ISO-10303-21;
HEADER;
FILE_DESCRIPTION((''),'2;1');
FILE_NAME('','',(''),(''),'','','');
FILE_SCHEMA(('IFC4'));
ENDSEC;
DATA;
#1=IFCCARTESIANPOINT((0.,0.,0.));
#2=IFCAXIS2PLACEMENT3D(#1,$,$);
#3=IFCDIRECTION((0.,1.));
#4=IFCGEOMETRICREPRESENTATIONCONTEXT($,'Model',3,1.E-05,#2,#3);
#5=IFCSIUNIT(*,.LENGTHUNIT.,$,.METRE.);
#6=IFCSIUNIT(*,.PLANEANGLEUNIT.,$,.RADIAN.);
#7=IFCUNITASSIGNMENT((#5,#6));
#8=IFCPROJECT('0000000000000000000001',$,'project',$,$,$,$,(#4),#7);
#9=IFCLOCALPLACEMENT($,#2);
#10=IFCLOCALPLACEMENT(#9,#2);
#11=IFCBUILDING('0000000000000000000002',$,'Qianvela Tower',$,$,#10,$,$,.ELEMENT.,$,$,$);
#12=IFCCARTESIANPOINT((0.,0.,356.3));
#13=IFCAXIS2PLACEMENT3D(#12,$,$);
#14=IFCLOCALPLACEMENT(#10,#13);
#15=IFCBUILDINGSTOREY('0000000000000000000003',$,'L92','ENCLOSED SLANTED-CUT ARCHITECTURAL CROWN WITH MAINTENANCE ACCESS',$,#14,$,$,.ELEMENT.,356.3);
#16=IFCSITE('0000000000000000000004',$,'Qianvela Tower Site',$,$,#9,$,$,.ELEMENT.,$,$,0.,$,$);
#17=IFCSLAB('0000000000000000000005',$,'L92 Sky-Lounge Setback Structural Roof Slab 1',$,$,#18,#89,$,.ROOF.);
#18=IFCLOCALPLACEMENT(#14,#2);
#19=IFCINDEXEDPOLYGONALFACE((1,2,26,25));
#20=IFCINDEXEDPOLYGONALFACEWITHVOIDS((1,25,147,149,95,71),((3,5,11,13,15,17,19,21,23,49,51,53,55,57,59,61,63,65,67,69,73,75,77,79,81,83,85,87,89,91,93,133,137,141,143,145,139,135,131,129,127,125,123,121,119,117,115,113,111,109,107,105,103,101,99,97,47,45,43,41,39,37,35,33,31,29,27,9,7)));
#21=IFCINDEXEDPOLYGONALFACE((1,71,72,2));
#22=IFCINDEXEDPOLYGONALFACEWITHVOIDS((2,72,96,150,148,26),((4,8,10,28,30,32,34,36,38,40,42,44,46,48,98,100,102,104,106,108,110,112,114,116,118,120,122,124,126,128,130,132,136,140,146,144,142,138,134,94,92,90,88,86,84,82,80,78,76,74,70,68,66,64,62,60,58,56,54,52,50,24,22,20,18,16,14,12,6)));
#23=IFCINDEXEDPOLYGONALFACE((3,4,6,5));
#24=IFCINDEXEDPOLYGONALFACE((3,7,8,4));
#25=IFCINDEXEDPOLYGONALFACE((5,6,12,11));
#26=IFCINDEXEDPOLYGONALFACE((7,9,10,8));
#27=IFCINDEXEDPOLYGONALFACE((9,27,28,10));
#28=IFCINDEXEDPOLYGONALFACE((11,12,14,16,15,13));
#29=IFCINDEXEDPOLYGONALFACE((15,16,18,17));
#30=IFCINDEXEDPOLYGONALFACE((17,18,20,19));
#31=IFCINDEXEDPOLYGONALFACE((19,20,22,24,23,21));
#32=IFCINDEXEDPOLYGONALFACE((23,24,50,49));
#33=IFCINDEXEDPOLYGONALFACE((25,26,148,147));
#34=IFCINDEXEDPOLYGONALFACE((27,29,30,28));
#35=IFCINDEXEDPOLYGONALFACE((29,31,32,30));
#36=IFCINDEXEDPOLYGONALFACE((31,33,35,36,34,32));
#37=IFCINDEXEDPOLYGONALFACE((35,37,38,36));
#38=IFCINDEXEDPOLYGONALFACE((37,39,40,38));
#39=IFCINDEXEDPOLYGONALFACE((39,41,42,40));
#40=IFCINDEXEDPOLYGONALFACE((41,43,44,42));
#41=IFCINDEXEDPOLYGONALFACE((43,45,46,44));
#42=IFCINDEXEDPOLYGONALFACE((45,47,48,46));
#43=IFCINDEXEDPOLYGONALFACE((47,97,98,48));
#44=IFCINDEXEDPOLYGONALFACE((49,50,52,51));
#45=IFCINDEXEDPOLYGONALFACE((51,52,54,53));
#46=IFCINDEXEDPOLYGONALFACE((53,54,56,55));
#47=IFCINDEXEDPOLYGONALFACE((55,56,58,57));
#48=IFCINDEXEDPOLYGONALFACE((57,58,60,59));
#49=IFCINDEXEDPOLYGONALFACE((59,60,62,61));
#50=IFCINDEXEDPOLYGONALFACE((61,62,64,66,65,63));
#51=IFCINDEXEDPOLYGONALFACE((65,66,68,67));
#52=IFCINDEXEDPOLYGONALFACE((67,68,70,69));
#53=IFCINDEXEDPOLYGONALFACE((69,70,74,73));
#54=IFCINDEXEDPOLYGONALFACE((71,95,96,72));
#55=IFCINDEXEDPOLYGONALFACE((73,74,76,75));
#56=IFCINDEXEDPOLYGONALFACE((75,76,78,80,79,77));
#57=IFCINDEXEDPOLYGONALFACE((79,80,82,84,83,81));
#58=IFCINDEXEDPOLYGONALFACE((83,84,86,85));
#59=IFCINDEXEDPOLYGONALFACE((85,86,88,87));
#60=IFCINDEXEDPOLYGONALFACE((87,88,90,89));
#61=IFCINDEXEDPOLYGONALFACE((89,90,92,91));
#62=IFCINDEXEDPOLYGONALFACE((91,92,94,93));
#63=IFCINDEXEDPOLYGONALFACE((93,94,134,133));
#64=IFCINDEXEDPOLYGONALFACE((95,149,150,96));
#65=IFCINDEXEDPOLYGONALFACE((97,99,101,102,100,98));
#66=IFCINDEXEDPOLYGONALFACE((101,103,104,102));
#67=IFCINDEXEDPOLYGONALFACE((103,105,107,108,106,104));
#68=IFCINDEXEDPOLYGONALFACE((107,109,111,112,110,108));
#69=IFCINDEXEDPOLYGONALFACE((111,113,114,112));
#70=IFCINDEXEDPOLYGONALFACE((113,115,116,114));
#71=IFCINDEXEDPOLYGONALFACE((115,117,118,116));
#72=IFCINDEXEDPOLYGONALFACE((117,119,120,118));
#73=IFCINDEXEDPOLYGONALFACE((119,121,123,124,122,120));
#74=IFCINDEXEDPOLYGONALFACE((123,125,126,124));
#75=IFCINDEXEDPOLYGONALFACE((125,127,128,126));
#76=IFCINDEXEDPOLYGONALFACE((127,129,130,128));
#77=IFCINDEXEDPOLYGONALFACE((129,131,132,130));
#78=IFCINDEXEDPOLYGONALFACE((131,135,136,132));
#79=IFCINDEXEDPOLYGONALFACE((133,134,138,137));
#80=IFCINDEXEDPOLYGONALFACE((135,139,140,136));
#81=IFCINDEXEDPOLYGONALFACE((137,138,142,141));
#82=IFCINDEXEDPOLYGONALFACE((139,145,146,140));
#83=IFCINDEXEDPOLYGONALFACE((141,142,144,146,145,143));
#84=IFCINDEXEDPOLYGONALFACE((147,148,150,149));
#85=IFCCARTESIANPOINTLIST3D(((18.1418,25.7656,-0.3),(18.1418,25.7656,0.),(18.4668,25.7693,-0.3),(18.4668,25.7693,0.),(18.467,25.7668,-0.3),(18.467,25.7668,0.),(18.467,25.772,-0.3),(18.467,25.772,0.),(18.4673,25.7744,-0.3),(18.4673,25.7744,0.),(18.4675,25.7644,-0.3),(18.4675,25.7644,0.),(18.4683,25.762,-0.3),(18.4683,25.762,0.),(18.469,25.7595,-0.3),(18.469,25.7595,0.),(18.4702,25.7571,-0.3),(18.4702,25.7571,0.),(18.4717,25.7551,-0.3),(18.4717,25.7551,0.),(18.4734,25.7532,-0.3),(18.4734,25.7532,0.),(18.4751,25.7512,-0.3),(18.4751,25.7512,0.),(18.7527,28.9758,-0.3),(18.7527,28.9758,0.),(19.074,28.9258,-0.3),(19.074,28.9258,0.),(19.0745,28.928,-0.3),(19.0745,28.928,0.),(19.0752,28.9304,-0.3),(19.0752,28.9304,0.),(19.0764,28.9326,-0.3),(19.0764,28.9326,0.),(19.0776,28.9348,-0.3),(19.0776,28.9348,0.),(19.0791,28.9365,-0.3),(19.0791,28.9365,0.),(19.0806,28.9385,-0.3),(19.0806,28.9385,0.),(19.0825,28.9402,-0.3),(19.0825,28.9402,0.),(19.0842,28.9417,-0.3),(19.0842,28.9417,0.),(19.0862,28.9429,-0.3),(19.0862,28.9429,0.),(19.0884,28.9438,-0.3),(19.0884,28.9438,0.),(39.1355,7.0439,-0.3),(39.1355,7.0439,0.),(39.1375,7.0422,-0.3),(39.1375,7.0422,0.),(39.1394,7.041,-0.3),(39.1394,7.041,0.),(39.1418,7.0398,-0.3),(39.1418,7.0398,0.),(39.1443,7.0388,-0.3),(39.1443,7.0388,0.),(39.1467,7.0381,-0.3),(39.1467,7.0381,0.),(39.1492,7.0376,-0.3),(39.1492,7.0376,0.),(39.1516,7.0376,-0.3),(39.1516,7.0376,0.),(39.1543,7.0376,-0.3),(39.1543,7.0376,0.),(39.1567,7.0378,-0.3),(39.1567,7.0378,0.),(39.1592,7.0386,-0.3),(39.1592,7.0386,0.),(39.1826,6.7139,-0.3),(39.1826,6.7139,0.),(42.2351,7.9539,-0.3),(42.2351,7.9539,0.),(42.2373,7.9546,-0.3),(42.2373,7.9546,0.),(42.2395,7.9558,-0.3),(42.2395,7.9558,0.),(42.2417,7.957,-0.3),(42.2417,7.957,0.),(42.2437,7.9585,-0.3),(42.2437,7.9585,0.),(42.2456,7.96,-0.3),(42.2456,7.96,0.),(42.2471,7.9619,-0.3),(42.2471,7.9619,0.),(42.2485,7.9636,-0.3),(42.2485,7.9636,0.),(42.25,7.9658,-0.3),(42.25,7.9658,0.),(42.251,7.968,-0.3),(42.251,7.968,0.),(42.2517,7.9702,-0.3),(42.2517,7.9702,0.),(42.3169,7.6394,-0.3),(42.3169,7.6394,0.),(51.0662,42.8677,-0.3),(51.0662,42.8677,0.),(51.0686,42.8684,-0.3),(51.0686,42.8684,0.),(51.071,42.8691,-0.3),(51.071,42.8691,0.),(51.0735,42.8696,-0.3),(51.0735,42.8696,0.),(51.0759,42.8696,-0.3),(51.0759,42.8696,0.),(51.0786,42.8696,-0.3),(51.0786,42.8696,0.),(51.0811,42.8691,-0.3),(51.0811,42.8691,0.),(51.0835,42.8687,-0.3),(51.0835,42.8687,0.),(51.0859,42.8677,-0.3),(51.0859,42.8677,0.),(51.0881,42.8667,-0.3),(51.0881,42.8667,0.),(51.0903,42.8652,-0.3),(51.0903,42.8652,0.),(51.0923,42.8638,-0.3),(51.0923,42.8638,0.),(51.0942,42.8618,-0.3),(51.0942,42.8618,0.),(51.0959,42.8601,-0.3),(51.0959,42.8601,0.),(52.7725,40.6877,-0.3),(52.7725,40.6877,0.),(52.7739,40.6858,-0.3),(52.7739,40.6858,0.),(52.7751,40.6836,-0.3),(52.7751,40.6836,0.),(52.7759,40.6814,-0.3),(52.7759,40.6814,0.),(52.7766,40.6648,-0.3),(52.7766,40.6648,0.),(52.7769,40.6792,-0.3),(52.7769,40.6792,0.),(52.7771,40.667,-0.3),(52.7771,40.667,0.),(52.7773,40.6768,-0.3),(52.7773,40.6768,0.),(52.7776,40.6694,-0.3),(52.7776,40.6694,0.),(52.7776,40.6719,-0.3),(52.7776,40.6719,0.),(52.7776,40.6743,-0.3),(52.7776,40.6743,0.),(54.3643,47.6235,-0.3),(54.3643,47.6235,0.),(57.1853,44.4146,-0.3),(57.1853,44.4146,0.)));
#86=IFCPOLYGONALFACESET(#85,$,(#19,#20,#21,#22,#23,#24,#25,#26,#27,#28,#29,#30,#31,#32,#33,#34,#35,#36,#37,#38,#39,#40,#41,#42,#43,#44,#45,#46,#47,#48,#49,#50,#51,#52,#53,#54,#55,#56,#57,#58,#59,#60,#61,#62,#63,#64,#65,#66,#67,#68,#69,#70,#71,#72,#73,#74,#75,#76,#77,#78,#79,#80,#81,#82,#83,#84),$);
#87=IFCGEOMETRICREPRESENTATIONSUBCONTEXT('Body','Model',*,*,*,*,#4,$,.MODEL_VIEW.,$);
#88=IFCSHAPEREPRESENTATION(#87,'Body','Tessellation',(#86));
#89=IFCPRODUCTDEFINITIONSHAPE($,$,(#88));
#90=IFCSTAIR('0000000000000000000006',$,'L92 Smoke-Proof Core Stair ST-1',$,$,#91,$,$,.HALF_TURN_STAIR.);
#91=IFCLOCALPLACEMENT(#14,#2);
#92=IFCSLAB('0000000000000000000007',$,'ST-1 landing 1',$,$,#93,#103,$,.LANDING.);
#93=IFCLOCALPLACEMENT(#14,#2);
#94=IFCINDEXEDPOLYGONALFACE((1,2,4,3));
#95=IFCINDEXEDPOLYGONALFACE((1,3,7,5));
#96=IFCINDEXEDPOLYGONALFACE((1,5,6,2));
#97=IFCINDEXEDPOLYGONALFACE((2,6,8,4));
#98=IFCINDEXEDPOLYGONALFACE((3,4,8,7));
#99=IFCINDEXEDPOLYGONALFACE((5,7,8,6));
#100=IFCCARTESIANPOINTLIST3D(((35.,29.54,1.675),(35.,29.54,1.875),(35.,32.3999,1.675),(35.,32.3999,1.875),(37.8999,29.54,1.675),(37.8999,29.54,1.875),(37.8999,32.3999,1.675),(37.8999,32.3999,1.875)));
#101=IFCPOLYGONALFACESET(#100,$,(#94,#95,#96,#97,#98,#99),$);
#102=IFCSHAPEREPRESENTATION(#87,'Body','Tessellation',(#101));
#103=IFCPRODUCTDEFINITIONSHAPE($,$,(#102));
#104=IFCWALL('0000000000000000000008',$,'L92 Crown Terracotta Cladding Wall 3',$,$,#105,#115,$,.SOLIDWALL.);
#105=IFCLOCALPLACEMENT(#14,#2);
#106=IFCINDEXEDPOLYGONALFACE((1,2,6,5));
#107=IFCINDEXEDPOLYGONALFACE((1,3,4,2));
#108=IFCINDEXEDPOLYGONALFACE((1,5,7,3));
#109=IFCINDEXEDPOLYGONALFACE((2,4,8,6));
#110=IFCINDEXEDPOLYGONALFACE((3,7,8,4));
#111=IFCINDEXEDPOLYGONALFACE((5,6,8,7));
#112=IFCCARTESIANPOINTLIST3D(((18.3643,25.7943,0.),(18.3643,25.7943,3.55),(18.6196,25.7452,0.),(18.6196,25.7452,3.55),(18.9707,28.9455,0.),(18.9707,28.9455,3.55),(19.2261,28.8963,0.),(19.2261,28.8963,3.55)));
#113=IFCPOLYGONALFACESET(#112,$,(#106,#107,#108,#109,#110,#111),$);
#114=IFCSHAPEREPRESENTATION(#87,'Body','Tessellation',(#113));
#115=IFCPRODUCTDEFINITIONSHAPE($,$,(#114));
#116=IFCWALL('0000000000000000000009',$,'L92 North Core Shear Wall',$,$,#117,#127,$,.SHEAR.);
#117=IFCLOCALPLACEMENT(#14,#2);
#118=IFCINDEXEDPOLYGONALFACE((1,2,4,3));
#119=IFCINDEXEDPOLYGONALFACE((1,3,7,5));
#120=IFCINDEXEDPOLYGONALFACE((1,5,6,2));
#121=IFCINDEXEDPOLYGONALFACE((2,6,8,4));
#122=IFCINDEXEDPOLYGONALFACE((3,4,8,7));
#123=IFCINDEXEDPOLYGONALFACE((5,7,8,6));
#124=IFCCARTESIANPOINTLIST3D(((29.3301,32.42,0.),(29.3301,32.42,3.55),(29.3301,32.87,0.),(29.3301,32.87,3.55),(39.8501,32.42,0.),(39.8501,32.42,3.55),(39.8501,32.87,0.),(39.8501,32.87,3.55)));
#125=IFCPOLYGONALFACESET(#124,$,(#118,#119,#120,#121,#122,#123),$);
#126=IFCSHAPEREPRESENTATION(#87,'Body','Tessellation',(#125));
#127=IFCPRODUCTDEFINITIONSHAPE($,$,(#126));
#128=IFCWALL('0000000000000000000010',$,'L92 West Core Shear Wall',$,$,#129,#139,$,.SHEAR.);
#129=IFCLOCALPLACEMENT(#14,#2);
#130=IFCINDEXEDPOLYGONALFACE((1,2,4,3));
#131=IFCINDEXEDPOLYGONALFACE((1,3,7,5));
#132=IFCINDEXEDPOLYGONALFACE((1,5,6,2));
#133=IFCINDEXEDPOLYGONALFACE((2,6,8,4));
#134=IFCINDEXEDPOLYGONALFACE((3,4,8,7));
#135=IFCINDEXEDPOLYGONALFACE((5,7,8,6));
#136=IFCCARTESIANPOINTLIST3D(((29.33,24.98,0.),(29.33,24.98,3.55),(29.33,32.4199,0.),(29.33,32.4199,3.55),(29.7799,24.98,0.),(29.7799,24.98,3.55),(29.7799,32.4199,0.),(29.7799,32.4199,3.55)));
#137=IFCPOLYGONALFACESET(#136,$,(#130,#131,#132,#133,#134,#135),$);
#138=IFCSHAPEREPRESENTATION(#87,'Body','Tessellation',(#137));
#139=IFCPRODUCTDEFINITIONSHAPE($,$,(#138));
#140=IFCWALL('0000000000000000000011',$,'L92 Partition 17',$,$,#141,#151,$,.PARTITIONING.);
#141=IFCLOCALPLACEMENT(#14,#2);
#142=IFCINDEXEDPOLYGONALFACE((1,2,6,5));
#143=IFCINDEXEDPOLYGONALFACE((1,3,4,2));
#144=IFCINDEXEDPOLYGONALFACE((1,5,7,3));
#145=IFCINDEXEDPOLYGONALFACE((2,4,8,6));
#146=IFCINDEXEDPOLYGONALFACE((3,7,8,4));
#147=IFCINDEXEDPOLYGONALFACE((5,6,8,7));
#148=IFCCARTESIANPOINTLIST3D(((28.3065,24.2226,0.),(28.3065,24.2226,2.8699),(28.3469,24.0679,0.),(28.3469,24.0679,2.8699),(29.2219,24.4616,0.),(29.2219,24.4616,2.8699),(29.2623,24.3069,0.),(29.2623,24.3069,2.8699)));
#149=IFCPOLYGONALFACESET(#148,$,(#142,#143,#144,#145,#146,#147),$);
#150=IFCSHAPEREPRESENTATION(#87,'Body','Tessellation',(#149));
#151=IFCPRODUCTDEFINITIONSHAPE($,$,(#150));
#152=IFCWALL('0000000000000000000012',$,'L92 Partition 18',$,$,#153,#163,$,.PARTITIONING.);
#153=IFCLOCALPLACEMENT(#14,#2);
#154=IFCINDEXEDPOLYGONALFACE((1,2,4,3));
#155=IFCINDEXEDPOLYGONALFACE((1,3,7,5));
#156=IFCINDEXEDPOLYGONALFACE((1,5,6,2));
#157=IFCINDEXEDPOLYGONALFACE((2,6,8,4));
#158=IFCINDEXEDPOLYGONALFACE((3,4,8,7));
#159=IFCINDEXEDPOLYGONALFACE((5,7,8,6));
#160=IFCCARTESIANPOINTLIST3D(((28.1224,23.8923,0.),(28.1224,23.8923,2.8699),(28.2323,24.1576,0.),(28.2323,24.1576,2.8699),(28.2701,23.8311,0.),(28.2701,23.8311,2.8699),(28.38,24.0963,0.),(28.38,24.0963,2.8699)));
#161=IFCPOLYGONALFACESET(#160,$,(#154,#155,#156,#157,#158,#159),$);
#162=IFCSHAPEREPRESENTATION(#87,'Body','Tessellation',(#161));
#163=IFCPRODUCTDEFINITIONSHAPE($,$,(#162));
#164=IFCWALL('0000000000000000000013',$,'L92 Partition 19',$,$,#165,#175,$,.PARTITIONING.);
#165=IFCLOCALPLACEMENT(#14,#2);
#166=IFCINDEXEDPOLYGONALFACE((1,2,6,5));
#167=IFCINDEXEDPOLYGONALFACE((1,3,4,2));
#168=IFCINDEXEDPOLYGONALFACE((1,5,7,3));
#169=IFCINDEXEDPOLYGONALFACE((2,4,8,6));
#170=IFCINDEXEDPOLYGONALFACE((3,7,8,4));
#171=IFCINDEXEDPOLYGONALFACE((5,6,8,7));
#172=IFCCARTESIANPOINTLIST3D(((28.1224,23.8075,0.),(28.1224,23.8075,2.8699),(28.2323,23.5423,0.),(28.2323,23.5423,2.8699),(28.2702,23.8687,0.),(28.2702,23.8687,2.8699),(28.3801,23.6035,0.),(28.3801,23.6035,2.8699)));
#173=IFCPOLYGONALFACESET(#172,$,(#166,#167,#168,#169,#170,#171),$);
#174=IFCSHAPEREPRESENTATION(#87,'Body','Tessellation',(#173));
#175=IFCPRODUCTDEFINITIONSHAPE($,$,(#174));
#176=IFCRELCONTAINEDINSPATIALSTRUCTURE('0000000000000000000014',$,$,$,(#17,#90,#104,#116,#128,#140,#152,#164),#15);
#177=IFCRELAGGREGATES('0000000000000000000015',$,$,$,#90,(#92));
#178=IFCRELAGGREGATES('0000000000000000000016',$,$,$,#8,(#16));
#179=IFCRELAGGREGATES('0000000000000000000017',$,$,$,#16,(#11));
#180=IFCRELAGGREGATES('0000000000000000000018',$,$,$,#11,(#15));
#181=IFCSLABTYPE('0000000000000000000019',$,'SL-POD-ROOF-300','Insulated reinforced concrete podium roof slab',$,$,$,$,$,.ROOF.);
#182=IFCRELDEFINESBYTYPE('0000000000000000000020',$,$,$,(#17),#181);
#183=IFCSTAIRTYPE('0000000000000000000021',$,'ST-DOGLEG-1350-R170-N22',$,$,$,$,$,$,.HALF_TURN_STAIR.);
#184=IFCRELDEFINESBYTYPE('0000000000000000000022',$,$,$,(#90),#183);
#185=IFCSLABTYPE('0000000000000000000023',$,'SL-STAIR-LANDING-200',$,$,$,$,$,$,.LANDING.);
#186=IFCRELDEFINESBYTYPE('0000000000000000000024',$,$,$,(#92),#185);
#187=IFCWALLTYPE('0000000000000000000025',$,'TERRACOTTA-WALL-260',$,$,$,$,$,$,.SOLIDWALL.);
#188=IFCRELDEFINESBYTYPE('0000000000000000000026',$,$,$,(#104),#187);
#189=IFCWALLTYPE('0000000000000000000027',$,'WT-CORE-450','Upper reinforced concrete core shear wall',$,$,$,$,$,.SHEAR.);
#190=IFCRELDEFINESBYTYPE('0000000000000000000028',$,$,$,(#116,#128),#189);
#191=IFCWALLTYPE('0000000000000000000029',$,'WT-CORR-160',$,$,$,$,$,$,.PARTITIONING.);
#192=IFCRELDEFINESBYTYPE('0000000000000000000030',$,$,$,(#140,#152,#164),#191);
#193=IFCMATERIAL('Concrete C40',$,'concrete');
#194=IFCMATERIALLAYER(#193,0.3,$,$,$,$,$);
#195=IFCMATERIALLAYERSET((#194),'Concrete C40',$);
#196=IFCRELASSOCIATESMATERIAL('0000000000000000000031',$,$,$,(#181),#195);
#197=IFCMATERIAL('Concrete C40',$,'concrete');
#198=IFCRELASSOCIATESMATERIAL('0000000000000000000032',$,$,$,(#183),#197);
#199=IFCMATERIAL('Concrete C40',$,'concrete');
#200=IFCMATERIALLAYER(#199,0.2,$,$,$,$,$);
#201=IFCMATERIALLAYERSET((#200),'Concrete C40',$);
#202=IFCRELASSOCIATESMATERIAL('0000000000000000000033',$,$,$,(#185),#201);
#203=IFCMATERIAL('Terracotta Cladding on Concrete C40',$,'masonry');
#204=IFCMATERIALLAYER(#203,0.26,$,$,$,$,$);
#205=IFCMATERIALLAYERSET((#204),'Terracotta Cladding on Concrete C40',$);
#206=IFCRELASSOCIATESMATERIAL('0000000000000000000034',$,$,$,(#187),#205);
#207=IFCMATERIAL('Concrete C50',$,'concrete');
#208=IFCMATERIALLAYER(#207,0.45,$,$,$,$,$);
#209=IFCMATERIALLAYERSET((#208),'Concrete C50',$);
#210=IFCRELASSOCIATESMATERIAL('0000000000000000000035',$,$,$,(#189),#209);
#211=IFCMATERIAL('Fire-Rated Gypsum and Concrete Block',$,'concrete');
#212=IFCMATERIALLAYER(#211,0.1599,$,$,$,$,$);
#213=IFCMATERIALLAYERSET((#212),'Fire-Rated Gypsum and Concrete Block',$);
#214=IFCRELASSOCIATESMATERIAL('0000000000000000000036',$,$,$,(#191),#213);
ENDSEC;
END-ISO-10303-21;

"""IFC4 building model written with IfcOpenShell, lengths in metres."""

from ifc_helpers import new_model, si_unit, direction, frame, frame_2d, origin, place, context, subcontext, project, spatial, polyline, rectangle, outline, extrude, material, layer, layer_set, type_object, element, aggregate, save


model = new_model("IFC4")

# Units and contexts
model_context = context("Model", 3, precision=1e-05, world=origin(), true_north=direction((0.0, 1.0)))
body_context = subcontext(model_context, "Body", "Model", "MODEL_VIEW")
ifc_project = project(units=[si_unit("LENGTHUNIT", "METRE"), si_unit("PLANEANGLEUNIT", "RADIAN")], contexts=[model_context])

# Site, building, storey
site_placement = place(None, origin())
site = spatial("IfcSite", under=ifc_project, at=site_placement, Name="Qianvela Tower Site", CompositionType="ELEMENT", RefElevation=0.0)
building_placement = place(site_placement, origin())
building = spatial("IfcBuilding", under=site, at=building_placement, Name="Qianvela Tower", CompositionType="ELEMENT")
storey_placement = place(building_placement, frame((0.0, 0.0, 356.3)))
storey = spatial("IfcBuildingStorey", under=building, at=storey_placement, Name="L92", Description="ENCLOSED SLANTED-CUT ARCHITECTURAL CROWN WITH MAINTENANCE ACCESS", CompositionType="ELEMENT", Elevation=356.3)

# Slab
ifc_material_1 = material(Name="Concrete C40", Category="concrete")
ifc_layer_1 = layer(ifc_material_1, 0.3)
ifc_layer_set_1 = layer_set([ifc_layer_1], Name="Concrete C40")
slab_type_1 = type_object("IfcSlabType", Name="SL-POD-ROOF-300", Description="Insulated reinforced concrete podium roof slab", PredefinedType="ROOF", material=ifc_layer_set_1)
slab_1_placement = place(storey_placement, frame((0.0, 0.0, -0.3)))
element("IfcSlab", 1, at=slab_1_placement, inside=storey, type_object=slab_type_1, Name="L92 Sky-Lounge Setback Structural Roof Slab 1", PredefinedType="ROOF", context=body_context, shape_type="SweptSolid", body=[
    extrude(outline(polyline([(57.1853, 44.4146), (54.3643, 47.6235), (18.7527, 28.9758), (18.1418, 25.7656), (39.1826, 6.7139), (42.3169, 7.6394), (57.1853, 44.4146)]), holes=[polyline([(52.7771, 40.667), (52.7776, 40.6694), (52.7776, 40.6719), (52.7776, 40.6743), (52.7773, 40.6768), (52.7769, 40.6792), (52.7759, 40.6814), (52.7751, 40.6836), (52.7739, 40.6858), (52.7725, 40.6877), (51.0959, 42.8601), (51.0942, 42.8618), (51.0923, 42.8638), (51.0903, 42.8652), (51.0881, 42.8667), (51.0859, 42.8677), (51.0835, 42.8687), (51.0811, 42.8691), (51.0786, 42.8696), (51.0759, 42.8696), (51.0735, 42.8696), (51.071, 42.8691), (51.0686, 42.8684), (51.0662, 42.8677), (19.0884, 28.9438), (19.0862, 28.9429), (19.0842, 28.9417), (19.0825, 28.9402), (19.0806, 28.9385), (19.0791, 28.9365), (19.0776, 28.9348), (19.0764, 28.9326), (19.0752, 28.9304), (19.0745, 28.928), (19.074, 28.9258), (18.4673, 25.7744), (18.467, 25.772), (18.4668, 25.7693), (18.467, 25.7668), (18.4675, 25.7644), (18.4683, 25.762), (18.469, 25.7595), (18.4702, 25.7571), (18.4717, 25.7551), (18.4734, 25.7532), (18.4751, 25.7512), (39.1355, 7.0439), (39.1375, 7.0422), (39.1394, 7.041), (39.1418, 7.0398), (39.1443, 7.0388), (39.1467, 7.0381), (39.1492, 7.0376), (39.1516, 7.0376), (39.1543, 7.0376), (39.1567, 7.0378), (39.1592, 7.0386), (42.2351, 7.9539), (42.2373, 7.9546), (42.2395, 7.9558), (42.2417, 7.957), (42.2437, 7.9585), (42.2456, 7.96), (42.2471, 7.9619), (42.2485, 7.9636), (42.25, 7.9658), (42.251, 7.968), (42.2517, 7.9702), (52.7766, 40.6648), (52.7771, 40.667)])]), origin(), (0.0, 0.0, 1.0), 0.3),
])

# Stair, slab
ifc_material_2 = material(Name="Concrete C40", Category="concrete")
stair_type = type_object("IfcStairType", Name="ST-DOGLEG-1350-R170-N22", PredefinedType="HALF_TURN_STAIR", material=ifc_material_2)
stair_placement = place(storey_placement, origin())
stair = element("IfcStair", 2, at=stair_placement, inside=storey, type_object=stair_type, Name="L92 Smoke-Proof Core Stair ST-1", PredefinedType="HALF_TURN_STAIR")
ifc_material_3 = material(Name="Concrete C40", Category="concrete")
ifc_layer_2 = layer(ifc_material_3, 0.2)
ifc_layer_set_2 = layer_set([ifc_layer_2], Name="Concrete C40")
slab_type_2 = type_object("IfcSlabType", Name="SL-STAIR-LANDING-200", PredefinedType="LANDING", material=ifc_layer_set_2)
slab_2_placement = place(storey_placement, frame((0.0, 0.0, 1.675)))
slab_2 = element("IfcSlab", 3, at=slab_2_placement, type_object=slab_type_2, Name="ST-1 landing 1", PredefinedType="LANDING", context=body_context, shape_type="SweptSolid", body=[
    extrude(outline(polyline([(35.0, 29.54), (37.8999, 29.54), (37.8999, 32.3999), (35.0, 32.3999), (35.0, 29.54)])), origin(), (0.0, 0.0, 1.0), 0.2),
])
aggregate(stair, [slab_2])

# Walls
ifc_material_4 = material(Name="Terracotta Cladding on Concrete C40", Category="masonry")
ifc_layer_3 = layer(ifc_material_4, 0.26)
ifc_layer_set_3 = layer_set([ifc_layer_3], Name="Terracotta Cladding on Concrete C40")
wall_type_1 = type_object("IfcWallType", Name="TERRACOTTA-WALL-260", PredefinedType="SOLIDWALL", material=ifc_layer_set_3)
wall_1_placement = place(storey_placement, frame((19.0984, 28.9209, 0.0), z_axis=(0.0, 0.0, 1.0), x_axis=(-0.188986, -0.98198, 0.0)))
element("IfcWall", 4, at=wall_1_placement, inside=storey, type_object=wall_type_1, Name="L92 Crown Terracotta Cladding Wall 3", PredefinedType="SOLIDWALL", context=body_context, shape_type="SweptSolid", body=[
    extrude(rectangle(XDim=3.209, YDim=0.26, at=frame_2d((1.6045, 0.0))), origin(), (0.0, 0.0, 1.0), 3.55),
])
ifc_material_5 = material(Name="Concrete C50", Category="concrete")
ifc_layer_4 = layer(ifc_material_5, 0.45)
ifc_layer_set_4 = layer_set([ifc_layer_4], Name="Concrete C50")
wall_type_2 = type_object("IfcWallType", Name="WT-CORE-450", Description="Upper reinforced concrete core shear wall", PredefinedType="SHEAR", material=ifc_layer_set_4)
wall_2_placement = place(storey_placement, frame((29.3301, 32.645, 0.0), z_axis=(0.0, 0.0, 1.0), x_axis=(1.0, 0.0, 0.0)))
element("IfcWall", 5, at=wall_2_placement, inside=storey, type_object=wall_type_2, Name="L92 North Core Shear Wall", PredefinedType="SHEAR", context=body_context, shape_type="SweptSolid", body=[
    extrude(rectangle(XDim=10.52, YDim=0.45, at=frame_2d((5.26, 0.0))), origin(), (0.0, 0.0, 1.0), 3.55),
])
wall_3_placement = place(storey_placement, frame((29.5549, 24.98, 0.0), z_axis=(0.0, 0.0, 1.0), x_axis=(0.0, 1.0, 0.0)))
element("IfcWall", 6, at=wall_3_placement, inside=storey, type_object=wall_type_2, Name="L92 West Core Shear Wall", PredefinedType="SHEAR", context=body_context, shape_type="SweptSolid", body=[
    extrude(rectangle(XDim=7.4399, YDim=0.45, at=frame_2d((3.72, 0.0))), origin(), (0.0, 0.0, 1.0), 3.55),
])
ifc_material_6 = material(Name="Fire-Rated Gypsum and Concrete Block", Category="concrete")
ifc_layer_5 = layer(ifc_material_6, 0.1599)
ifc_layer_set_5 = layer_set([ifc_layer_5], Name="Fire-Rated Gypsum and Concrete Block")
wall_type_3 = type_object("IfcWallType", Name="WT-CORR-160", PredefinedType="PARTITIONING", material=ifc_layer_set_5)
wall_4_placement = place(storey_placement, frame((29.2422, 24.3843, 0.0), z_axis=(0.0, 0.0, 1.0), x_axis=(-0.967554, -0.252664, 0.0)))
element("IfcWall", 7, at=wall_4_placement, inside=storey, type_object=wall_type_3, Name="L92 Partition 17", PredefinedType="PARTITIONING", context=body_context, shape_type="SweptSolid", body=[
    extrude(rectangle(XDim=0.946, YDim=0.1599, at=frame_2d((0.4731, 0.0))), origin(), (0.0, 0.0, 1.0), 2.8699),
])
for number, where, z_axis, x_axis, name in (
    (8, (28.3062, 24.127, 0.0), (0.0, 0.0, 1.0), (-0.382803, -0.92383, 0.0), "L92 Partition 18"),
    (9, (28.1963, 23.8381, 0.0), (0.0, 0.0, 1.0), (0.382803, -0.92383, 0.0), "L92 Partition 19"),
):
    element("IfcWall", number, at=place(storey_placement, frame(where, z_axis=z_axis, x_axis=x_axis)), inside=storey, type_object=wall_type_3, Name=name, PredefinedType="PARTITIONING", context=body_context, shape_type="SweptSolid", body=[
        extrude(rectangle(XDim=0.2871, YDim=0.1599, at=frame_2d((0.1436, 0.0))), origin(), (0.0, 0.0, 1.0), 2.8699),
    ])

save(model, "model.ifc")
